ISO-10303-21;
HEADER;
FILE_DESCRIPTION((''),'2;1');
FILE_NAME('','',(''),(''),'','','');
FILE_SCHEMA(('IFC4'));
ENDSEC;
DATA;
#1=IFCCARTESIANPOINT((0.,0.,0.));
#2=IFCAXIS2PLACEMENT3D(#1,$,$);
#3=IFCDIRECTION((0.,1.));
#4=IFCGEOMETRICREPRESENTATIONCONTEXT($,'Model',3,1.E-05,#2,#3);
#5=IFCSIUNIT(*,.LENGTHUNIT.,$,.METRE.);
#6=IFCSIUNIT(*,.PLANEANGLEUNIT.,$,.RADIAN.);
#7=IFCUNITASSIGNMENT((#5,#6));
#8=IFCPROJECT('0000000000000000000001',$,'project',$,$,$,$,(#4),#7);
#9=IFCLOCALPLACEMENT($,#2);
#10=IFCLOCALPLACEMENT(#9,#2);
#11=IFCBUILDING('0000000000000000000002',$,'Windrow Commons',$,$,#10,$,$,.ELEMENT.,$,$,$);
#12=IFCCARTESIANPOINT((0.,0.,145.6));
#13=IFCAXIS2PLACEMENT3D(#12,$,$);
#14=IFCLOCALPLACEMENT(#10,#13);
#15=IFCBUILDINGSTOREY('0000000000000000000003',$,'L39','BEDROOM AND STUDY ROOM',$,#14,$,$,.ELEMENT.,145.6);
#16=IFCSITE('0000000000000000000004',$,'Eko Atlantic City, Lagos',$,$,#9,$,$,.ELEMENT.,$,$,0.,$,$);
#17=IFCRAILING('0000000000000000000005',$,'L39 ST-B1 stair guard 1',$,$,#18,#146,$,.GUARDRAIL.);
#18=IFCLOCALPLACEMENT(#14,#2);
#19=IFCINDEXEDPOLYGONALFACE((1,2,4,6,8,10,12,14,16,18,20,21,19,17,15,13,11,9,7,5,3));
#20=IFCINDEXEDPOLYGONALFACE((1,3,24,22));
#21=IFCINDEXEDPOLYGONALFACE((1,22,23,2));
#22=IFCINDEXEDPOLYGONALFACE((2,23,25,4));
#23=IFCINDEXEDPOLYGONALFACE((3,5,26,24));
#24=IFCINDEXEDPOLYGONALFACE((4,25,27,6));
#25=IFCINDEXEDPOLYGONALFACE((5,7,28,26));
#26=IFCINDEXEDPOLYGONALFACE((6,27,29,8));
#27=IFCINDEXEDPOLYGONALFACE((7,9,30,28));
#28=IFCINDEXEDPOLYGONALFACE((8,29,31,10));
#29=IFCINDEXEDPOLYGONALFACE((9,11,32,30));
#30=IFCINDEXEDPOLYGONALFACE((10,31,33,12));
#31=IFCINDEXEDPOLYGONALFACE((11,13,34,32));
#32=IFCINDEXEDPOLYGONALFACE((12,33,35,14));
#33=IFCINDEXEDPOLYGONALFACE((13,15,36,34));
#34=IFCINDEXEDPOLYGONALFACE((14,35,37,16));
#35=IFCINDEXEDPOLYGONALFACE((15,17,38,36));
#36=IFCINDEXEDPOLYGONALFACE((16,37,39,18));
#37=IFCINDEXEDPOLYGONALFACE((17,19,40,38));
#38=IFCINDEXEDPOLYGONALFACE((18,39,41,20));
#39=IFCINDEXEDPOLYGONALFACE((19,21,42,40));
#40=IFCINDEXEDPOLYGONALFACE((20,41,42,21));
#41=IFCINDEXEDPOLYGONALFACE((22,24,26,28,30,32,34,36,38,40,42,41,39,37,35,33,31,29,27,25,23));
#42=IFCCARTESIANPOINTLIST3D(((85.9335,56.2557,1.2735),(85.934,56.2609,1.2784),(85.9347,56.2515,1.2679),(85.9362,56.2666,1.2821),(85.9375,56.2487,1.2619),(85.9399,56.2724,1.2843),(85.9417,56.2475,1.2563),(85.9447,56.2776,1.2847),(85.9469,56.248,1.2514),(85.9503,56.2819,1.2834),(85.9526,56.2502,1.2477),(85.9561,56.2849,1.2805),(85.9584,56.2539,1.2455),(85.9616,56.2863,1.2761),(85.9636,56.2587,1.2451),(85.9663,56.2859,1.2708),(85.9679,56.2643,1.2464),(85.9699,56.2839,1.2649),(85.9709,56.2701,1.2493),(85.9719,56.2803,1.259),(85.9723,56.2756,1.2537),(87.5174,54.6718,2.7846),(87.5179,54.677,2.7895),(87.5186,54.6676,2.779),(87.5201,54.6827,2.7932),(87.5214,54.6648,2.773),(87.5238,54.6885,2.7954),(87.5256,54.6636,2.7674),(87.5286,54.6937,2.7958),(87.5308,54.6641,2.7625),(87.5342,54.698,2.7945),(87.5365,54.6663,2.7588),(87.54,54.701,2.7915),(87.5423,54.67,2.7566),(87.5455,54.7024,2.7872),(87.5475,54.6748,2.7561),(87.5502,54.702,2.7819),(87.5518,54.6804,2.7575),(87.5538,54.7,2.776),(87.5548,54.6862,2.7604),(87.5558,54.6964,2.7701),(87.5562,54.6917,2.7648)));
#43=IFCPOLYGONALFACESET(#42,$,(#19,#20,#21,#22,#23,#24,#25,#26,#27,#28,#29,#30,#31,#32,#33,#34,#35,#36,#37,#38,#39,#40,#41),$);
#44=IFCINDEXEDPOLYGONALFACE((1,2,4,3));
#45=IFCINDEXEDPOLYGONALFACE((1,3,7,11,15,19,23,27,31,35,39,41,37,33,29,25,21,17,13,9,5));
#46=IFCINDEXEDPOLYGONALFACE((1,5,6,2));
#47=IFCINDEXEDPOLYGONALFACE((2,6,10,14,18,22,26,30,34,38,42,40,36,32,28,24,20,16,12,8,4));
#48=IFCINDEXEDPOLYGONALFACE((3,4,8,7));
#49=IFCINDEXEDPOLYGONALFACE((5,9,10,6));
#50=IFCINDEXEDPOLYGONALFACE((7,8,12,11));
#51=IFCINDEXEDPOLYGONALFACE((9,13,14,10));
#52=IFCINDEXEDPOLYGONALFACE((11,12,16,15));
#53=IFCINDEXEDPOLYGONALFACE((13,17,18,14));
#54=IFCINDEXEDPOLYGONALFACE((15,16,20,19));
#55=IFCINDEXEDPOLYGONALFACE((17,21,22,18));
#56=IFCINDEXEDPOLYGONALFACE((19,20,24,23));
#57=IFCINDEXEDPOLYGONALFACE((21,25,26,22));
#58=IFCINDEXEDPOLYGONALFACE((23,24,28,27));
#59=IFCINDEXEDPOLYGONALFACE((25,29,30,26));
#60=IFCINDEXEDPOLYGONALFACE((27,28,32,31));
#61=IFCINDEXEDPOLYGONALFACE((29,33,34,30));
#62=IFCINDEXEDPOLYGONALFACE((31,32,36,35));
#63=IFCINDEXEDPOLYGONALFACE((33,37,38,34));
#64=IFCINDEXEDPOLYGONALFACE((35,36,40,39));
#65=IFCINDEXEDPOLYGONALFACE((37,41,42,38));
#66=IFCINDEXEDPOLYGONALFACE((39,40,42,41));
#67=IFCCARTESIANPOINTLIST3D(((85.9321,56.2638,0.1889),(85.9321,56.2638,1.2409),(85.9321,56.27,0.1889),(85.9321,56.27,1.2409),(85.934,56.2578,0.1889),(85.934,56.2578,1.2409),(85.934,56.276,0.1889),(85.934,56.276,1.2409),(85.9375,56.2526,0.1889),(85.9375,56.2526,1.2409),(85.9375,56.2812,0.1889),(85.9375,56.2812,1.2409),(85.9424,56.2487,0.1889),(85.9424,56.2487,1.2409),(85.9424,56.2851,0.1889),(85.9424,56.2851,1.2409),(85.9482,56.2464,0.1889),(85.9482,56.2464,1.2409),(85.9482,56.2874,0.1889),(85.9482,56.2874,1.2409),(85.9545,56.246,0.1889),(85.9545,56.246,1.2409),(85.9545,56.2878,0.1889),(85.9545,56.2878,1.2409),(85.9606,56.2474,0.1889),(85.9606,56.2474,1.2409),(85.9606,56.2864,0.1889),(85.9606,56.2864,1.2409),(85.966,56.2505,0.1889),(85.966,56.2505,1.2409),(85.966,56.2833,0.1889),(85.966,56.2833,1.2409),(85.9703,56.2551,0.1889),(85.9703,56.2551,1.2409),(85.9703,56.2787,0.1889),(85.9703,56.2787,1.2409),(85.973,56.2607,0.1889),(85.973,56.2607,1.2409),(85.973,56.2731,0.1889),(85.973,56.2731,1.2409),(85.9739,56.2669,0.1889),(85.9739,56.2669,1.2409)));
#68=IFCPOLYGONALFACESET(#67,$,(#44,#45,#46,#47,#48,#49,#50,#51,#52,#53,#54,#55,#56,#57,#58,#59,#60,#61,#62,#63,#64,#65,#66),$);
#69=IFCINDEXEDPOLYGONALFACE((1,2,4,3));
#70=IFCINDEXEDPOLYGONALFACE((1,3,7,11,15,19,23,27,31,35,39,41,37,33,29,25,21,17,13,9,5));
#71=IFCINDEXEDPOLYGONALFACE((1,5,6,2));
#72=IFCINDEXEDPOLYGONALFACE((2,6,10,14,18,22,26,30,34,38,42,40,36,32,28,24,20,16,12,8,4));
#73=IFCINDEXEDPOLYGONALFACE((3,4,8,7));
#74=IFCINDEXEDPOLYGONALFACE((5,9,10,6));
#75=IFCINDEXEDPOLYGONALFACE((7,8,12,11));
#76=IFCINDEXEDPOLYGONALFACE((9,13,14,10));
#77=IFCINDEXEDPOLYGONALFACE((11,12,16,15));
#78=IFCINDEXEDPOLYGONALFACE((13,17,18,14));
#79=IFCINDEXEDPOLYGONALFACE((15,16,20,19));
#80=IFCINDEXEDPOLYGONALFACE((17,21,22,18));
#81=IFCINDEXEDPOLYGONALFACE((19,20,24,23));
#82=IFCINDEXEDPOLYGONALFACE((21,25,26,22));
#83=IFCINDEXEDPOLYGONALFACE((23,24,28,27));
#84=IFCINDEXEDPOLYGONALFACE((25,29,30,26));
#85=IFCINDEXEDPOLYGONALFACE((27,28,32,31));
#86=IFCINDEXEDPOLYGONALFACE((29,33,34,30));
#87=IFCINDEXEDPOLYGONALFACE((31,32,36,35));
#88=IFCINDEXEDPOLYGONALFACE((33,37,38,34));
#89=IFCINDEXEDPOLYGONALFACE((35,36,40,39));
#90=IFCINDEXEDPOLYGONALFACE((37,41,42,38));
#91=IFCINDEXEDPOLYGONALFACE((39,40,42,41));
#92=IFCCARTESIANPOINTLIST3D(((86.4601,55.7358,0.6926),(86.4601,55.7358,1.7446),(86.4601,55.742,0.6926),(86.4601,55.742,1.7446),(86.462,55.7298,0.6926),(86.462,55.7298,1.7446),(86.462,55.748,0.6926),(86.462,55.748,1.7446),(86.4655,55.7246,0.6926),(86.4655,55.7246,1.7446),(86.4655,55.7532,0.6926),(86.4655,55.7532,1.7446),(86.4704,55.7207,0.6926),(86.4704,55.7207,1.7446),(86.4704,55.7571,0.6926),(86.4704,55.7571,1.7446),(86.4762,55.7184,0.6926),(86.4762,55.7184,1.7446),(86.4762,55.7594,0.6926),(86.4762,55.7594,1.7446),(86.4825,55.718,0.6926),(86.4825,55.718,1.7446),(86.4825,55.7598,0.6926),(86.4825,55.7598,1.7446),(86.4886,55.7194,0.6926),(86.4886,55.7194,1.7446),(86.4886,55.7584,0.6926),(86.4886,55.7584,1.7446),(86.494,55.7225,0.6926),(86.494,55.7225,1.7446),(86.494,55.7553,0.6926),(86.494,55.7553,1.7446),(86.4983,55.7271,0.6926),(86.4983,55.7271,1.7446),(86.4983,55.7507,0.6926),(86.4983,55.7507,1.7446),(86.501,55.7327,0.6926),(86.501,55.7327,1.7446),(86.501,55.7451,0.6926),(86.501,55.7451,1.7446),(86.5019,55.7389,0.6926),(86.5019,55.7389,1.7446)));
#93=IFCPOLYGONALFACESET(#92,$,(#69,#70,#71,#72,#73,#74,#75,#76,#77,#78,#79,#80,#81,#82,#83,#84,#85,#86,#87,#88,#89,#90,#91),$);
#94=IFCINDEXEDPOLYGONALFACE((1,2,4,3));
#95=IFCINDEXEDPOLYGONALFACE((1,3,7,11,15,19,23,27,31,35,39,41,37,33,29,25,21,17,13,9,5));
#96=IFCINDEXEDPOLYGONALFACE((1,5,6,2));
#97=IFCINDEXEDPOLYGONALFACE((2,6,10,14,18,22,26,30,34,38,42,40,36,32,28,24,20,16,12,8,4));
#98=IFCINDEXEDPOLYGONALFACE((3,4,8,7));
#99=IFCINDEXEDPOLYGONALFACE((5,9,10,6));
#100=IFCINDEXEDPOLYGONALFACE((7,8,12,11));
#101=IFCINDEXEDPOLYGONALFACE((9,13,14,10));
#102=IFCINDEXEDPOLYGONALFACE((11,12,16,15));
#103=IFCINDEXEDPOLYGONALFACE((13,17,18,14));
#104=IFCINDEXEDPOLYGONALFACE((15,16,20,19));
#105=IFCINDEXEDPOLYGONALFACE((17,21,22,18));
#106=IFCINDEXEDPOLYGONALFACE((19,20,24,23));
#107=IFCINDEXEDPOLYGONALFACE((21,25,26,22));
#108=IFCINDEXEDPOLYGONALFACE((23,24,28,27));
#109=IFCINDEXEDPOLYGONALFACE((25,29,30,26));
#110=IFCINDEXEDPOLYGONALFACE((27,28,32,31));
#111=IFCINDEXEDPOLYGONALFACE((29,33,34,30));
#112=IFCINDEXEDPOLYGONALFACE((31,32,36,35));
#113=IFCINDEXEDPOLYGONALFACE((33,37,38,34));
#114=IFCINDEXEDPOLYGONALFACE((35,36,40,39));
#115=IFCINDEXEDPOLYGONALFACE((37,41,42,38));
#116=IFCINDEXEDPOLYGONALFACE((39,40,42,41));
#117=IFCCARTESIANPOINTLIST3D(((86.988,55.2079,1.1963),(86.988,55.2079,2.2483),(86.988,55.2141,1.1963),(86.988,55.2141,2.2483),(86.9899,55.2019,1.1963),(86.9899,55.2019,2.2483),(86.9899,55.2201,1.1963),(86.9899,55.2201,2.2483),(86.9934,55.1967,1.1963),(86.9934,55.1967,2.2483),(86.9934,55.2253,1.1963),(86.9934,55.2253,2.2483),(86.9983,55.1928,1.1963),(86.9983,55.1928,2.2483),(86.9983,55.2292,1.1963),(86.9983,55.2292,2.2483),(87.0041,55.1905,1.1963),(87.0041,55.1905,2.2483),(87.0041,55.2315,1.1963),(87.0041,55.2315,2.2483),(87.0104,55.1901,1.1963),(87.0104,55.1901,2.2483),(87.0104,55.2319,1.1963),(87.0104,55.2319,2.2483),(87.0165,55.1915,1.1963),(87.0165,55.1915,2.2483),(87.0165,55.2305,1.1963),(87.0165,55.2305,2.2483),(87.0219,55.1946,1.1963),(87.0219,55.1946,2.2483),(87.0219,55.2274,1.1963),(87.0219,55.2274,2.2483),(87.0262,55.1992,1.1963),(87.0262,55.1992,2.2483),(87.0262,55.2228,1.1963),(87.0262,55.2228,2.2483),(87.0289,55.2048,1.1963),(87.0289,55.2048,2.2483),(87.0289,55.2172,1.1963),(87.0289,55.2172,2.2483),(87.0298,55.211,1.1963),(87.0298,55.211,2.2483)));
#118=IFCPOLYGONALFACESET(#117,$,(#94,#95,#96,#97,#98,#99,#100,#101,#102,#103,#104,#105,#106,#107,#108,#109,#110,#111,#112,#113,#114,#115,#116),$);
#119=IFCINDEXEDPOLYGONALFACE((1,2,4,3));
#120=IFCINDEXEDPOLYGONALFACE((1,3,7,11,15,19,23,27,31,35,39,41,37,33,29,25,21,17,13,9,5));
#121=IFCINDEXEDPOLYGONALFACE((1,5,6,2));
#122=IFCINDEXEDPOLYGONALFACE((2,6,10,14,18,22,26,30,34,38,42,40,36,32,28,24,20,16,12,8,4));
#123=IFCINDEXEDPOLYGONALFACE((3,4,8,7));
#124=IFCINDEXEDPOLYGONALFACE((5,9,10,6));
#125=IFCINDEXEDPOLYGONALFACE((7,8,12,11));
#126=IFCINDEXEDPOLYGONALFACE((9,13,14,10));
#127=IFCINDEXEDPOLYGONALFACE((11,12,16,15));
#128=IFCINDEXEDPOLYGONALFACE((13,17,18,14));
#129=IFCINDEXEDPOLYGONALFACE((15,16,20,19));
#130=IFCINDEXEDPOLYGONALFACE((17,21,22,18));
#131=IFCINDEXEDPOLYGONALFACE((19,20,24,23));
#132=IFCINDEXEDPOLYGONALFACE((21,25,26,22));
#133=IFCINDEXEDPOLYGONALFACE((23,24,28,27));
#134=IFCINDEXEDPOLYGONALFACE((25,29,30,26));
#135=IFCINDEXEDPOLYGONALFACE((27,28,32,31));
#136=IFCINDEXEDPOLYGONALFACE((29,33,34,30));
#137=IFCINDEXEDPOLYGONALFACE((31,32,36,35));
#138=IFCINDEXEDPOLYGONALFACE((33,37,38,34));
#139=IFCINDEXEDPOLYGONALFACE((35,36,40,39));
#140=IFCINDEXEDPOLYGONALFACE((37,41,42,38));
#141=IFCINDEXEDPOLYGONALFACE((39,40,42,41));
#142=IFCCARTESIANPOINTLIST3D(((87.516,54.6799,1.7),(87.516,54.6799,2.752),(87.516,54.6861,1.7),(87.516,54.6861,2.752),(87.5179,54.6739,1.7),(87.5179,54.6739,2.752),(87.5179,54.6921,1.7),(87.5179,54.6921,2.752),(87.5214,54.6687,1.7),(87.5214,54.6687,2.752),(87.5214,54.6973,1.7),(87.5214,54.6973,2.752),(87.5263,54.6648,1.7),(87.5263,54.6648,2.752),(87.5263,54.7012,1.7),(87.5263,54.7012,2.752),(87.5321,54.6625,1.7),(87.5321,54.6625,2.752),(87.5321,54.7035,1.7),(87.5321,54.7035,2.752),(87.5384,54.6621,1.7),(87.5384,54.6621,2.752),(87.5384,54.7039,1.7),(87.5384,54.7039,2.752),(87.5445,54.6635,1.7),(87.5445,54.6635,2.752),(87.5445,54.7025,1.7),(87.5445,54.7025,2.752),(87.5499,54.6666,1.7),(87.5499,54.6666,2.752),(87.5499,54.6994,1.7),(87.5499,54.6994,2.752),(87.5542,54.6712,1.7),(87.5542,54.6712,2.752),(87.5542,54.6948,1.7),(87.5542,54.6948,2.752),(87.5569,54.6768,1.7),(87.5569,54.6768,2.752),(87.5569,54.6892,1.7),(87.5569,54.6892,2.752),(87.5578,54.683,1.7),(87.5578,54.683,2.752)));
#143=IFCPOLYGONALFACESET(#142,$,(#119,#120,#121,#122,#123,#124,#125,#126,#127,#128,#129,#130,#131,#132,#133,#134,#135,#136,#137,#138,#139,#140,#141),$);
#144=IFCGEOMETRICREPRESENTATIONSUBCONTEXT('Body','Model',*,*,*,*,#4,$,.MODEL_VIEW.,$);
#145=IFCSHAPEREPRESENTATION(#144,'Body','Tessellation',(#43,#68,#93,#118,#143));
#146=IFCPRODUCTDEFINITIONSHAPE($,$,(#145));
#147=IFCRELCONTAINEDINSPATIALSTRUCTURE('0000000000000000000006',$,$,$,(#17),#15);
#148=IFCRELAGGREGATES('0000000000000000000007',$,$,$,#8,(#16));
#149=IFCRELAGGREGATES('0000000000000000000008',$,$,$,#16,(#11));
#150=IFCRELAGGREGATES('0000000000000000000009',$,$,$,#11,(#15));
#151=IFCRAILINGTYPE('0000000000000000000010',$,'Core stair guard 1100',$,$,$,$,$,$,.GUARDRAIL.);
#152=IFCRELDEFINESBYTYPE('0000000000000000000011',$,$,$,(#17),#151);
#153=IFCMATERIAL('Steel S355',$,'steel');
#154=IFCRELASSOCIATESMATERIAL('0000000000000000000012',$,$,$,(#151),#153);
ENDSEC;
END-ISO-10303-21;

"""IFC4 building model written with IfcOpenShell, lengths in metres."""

from ifc_helpers import new_model, si_unit, direction, frame, origin, origin_2d, place, context, subcontext, project, spatial, circle, extrude, material, type_object, element, save


model = new_model("IFC4")

# Units and contexts
model_context = context("Model", 3, precision=1e-05, world=origin(), true_north=direction((0.0, 1.0)))
body_context = subcontext(model_context, "Body", "Model", "MODEL_VIEW")
ifc_project = project(units=[si_unit("LENGTHUNIT", "METRE"), si_unit("PLANEANGLEUNIT", "RADIAN")], contexts=[model_context])

# Site, building, storey
site_placement = place(None, origin())
site = spatial("IfcSite", under=ifc_project, at=site_placement, Name="Eko Atlantic City, Lagos", CompositionType="ELEMENT", RefElevation=0.0)
building_placement = place(site_placement, origin())
building = spatial("IfcBuilding", under=site, at=building_placement, Name="Windrow Commons", CompositionType="ELEMENT")
storey_placement = place(building_placement, frame((0.0, 0.0, 145.6)))
storey = spatial("IfcBuildingStorey", under=building, at=storey_placement, Name="L39", Description="BEDROOM AND STUDY ROOM", CompositionType="ELEMENT", Elevation=145.6)

# Railing
ifc_material_1 = material(Name="Steel S355", Category="steel")
railing_type_1 = type_object("IfcRailingType", Name="Core stair guard 1100", PredefinedType="GUARDRAIL", material=ifc_material_1)
railing_1_placement = place(storey_placement, frame((85.9529, 56.2669, 0.1889)))
element("IfcRailing", 1, at=railing_1_placement, inside=storey, type_object=railing_type_1, Name="L39 ST-B1 stair guard 1", PredefinedType="GUARDRAIL", context=body_context, shape_type="SweptSolid", body=[
    extrude(circle(Radius=0.024, at=origin_2d()), frame((0.0, 0.0, 1.076), z_axis=(0.586191, -0.586191, 0.559249), x_axis=(0.707107, 0.707107, 0.0)), (0.0, 0.0, 1.0), 2.702),
    extrude(circle(Radius=0.021, at=origin_2d()), origin(), (0.0, 0.0, 1.0), 1.052),
    extrude(circle(Radius=0.021, at=origin_2d()), frame((0.528, -0.528, 0.5037)), (0.0, 0.0, 1.0), 1.052),
    extrude(circle(Radius=0.021, at=origin_2d()), frame((1.0559, -1.0559, 1.0074)), (0.0, 0.0, 1.0), 1.052),
    extrude(circle(Radius=0.021, at=origin_2d()), frame((1.5839, -1.5839, 1.5111)), (0.0, 0.0, 1.0), 1.052),
])

save(model, "model.ifc")
